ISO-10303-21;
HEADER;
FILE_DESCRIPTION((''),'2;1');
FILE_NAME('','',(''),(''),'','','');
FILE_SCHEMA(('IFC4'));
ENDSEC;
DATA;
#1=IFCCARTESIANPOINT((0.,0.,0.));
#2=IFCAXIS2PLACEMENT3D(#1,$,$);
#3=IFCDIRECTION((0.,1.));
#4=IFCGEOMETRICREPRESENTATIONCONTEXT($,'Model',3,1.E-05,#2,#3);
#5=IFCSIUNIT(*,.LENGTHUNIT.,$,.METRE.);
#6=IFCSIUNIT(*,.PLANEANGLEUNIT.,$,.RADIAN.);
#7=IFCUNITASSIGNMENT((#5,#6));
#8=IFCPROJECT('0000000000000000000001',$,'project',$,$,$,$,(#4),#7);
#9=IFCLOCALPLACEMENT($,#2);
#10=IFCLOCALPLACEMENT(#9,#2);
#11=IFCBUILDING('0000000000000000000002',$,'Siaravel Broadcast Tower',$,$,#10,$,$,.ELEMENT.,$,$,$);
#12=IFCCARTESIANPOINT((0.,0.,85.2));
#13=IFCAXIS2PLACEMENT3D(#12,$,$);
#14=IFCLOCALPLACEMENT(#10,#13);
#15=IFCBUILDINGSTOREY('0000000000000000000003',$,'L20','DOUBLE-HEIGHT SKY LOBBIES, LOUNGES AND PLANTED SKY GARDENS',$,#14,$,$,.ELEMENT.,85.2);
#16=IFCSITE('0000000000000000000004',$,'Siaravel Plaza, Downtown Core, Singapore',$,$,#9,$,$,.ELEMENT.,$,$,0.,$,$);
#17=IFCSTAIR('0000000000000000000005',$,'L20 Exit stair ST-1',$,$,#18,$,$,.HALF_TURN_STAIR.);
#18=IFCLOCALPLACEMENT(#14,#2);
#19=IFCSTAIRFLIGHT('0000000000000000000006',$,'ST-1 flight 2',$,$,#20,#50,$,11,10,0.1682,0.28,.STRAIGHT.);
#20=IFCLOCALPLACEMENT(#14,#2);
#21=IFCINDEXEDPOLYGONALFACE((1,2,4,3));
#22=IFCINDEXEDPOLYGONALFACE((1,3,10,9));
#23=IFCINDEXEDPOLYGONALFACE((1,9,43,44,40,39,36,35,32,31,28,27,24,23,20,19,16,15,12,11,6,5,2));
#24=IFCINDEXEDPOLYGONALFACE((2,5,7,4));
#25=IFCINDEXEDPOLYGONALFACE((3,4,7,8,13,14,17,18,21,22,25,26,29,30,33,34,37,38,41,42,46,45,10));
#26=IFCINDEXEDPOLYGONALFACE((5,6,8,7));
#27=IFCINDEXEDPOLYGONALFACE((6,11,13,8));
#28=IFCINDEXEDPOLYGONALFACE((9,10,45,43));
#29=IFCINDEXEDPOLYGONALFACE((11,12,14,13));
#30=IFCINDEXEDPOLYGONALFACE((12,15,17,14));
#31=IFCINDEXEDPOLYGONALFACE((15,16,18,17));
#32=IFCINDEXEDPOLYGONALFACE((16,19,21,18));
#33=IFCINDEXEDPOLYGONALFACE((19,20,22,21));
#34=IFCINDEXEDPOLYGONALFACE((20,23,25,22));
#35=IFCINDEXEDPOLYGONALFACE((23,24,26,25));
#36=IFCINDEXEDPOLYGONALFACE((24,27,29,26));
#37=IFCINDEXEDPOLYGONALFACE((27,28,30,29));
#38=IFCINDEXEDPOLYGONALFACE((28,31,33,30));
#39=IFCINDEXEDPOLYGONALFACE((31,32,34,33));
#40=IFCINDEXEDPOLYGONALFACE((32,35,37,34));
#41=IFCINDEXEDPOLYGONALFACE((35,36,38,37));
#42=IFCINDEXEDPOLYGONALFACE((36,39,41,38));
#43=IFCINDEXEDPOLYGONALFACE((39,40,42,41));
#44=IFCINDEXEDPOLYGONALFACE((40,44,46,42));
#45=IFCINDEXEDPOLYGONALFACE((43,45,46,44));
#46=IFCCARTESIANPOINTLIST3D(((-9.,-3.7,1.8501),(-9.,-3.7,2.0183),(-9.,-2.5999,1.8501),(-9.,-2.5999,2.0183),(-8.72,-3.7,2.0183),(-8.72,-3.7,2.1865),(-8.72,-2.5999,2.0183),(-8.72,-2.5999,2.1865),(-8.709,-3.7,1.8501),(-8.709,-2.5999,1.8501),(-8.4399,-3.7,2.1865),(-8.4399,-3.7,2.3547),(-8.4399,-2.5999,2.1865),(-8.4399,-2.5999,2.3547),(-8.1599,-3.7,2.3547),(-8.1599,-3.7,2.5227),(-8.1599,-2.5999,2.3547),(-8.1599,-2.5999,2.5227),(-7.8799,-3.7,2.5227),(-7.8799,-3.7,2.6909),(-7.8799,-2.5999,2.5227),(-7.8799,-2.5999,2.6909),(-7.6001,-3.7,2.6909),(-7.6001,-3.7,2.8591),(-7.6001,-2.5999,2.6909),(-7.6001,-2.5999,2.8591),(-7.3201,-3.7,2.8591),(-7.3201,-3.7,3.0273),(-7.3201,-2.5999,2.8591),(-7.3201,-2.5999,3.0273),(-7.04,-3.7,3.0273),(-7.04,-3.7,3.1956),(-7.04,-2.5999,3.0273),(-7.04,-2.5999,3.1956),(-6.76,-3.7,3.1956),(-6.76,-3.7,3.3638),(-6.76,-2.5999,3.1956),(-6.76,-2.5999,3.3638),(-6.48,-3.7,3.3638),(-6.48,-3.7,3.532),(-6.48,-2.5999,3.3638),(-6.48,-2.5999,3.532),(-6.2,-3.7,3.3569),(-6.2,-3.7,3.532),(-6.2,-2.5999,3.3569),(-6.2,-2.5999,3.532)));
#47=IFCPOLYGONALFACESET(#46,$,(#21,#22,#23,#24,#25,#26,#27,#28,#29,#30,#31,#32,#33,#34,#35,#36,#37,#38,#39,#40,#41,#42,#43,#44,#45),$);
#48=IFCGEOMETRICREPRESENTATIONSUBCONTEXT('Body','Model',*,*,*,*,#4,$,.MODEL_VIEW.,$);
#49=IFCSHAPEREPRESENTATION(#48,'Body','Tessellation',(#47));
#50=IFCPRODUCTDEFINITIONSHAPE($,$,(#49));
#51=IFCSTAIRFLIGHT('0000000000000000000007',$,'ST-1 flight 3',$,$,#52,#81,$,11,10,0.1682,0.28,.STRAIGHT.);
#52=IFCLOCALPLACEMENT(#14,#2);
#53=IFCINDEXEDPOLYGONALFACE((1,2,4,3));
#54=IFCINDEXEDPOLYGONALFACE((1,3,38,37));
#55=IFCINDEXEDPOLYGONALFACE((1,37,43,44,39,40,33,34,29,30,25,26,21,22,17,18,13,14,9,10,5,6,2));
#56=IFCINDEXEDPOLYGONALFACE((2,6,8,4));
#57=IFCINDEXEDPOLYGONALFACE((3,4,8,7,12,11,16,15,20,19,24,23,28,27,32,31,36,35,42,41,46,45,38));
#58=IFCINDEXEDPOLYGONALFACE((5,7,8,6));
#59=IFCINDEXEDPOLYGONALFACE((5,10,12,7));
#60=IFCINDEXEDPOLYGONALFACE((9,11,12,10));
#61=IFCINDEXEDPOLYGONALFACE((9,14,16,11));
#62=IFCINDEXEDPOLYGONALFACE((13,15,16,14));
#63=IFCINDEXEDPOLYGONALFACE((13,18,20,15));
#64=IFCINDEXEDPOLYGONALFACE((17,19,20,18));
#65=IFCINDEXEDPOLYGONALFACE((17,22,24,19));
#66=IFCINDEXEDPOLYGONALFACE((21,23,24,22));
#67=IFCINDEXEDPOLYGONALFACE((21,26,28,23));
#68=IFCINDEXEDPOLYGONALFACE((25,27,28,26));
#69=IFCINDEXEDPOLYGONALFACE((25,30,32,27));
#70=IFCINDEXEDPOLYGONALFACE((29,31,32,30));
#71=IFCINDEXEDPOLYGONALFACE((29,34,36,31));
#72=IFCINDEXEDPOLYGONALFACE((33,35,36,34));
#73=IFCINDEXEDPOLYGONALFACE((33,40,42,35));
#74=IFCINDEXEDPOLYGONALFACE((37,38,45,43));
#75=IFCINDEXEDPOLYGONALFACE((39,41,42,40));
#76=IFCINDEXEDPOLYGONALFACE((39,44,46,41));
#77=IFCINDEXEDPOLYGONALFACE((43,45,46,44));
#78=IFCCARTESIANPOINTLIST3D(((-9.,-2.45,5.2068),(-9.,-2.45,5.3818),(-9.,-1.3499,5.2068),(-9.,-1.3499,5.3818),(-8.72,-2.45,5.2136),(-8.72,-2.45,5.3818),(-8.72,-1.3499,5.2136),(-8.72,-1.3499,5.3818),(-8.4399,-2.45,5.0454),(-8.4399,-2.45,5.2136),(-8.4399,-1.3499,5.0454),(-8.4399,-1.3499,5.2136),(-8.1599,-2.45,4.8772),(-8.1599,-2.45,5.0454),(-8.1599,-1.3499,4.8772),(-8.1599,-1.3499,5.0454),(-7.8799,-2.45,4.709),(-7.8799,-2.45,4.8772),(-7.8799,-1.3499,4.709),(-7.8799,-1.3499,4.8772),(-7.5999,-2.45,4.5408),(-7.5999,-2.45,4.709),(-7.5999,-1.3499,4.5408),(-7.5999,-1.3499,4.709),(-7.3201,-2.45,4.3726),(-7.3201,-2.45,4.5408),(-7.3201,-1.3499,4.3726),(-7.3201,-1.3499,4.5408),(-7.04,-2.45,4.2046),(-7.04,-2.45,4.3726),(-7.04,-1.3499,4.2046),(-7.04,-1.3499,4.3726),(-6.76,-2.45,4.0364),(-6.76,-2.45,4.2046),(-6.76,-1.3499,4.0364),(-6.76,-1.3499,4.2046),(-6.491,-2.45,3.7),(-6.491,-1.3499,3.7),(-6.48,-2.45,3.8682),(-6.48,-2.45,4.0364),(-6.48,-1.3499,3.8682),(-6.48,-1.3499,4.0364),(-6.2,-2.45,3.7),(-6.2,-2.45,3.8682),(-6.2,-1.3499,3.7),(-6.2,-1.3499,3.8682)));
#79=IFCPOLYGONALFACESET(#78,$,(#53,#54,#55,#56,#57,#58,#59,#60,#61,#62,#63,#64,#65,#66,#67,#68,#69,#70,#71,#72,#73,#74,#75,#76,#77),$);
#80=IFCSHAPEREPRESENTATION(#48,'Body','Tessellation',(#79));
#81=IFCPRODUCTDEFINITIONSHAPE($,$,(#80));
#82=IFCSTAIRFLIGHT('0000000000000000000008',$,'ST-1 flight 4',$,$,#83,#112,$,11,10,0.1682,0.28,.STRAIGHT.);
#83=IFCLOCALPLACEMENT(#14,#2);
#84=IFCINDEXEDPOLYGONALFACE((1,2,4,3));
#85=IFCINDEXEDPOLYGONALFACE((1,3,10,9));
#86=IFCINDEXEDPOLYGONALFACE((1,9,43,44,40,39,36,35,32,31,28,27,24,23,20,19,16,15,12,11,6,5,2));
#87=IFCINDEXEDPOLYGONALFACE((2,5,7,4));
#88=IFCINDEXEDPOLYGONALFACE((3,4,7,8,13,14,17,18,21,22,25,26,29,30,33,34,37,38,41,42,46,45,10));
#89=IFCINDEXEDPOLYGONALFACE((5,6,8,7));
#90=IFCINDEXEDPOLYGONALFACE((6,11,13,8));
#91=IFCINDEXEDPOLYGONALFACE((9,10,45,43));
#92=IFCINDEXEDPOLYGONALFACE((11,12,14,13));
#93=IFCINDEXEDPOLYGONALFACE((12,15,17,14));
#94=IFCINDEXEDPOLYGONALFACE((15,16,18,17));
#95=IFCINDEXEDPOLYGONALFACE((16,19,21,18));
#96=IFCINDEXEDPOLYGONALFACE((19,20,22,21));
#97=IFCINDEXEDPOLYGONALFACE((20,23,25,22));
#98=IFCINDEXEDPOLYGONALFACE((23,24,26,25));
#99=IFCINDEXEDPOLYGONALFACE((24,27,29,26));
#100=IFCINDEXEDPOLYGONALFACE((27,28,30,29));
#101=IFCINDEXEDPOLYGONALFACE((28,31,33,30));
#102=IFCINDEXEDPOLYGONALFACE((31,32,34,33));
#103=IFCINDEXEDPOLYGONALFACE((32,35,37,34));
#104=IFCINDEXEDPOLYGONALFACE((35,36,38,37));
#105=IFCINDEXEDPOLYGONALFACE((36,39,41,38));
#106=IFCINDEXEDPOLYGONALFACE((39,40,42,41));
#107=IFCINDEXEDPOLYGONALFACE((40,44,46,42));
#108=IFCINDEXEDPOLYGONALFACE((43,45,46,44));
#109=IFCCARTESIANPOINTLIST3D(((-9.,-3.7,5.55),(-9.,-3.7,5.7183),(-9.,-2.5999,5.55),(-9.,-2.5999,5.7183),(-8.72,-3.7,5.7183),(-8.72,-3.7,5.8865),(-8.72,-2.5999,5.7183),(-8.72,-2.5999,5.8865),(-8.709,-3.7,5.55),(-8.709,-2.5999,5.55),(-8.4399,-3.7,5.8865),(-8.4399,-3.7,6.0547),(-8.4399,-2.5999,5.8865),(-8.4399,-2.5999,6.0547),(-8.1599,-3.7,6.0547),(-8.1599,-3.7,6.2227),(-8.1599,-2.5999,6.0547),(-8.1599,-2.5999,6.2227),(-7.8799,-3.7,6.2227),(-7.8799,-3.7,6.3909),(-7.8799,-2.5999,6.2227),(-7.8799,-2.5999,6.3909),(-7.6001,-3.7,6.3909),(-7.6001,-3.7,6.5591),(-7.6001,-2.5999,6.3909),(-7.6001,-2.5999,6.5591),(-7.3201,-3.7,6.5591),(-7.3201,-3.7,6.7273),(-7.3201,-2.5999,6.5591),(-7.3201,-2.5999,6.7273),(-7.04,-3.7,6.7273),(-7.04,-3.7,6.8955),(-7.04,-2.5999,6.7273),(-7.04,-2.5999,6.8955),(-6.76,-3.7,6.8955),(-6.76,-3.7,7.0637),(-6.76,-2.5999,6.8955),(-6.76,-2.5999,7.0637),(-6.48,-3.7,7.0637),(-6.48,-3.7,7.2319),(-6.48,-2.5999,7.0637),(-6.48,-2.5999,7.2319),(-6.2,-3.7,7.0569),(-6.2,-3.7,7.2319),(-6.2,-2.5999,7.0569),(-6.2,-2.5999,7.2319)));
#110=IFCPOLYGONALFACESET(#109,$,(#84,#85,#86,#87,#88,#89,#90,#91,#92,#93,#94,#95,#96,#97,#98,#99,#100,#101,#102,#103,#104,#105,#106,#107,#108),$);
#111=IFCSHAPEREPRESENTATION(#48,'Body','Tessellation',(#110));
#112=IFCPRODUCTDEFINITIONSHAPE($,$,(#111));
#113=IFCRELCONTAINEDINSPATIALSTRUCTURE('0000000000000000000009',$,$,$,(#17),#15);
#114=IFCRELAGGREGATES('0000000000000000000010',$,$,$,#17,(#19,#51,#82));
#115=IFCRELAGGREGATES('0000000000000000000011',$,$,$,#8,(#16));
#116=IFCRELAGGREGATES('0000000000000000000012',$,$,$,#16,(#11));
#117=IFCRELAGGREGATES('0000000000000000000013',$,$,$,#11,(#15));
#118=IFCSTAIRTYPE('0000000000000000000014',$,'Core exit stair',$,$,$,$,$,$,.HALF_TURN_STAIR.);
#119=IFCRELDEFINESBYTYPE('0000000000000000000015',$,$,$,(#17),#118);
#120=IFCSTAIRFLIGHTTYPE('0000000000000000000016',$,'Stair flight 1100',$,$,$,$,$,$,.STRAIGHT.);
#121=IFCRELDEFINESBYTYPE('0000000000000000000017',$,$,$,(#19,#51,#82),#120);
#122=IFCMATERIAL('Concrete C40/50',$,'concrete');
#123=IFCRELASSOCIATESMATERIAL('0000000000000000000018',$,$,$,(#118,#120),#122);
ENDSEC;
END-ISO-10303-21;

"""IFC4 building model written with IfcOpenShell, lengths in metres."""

from ifc_helpers import new_model, si_unit, direction, frame, origin, place, context, subcontext, project, spatial, polyline, outline, extrude, material, type_object, element, aggregate, save


model = new_model("IFC4")

# Units and contexts
model_context = context("Model", 3, precision=1e-05, world=origin(), true_north=direction((0.0, 1.0)))
body_context = subcontext(model_context, "Body", "Model", "MODEL_VIEW")
ifc_project = project(units=[si_unit("LENGTHUNIT", "METRE"), si_unit("PLANEANGLEUNIT", "RADIAN")], contexts=[model_context])

# Site, building, storey
site_placement = place(None, origin())
site = spatial("IfcSite", under=ifc_project, at=site_placement, Name="Siaravel Plaza, Downtown Core, Singapore", CompositionType="ELEMENT", RefElevation=0.0)
building_placement = place(site_placement, origin())
building = spatial("IfcBuilding", under=site, at=building_placement, Name="Siaravel Broadcast Tower", CompositionType="ELEMENT")
storey_placement = place(building_placement, frame((0.0, 0.0, 85.2)))
storey = spatial("IfcBuildingStorey", under=building, at=storey_placement, Name="L20", Description="DOUBLE-HEIGHT SKY LOBBIES, LOUNGES AND PLANTED SKY GARDENS", CompositionType="ELEMENT", Elevation=85.2)

# Stair, stair flights
ifc_material_1 = material(Name="Concrete C40/50", Category="concrete")
stair_type = type_object("IfcStairType", Name="Core exit stair", PredefinedType="HALF_TURN_STAIR", material=ifc_material_1)
stair_placement = place(storey_placement, origin())
stair = element("IfcStair", 1, at=stair_placement, inside=storey, type_object=stair_type, Name="L20 Exit stair ST-1", PredefinedType="HALF_TURN_STAIR")
stair_flight_type = type_object("IfcStairFlightType", Name="Stair flight 1100", PredefinedType="STRAIGHT", material=ifc_material_1)
stair_flight_1_placement = place(storey_placement, frame((-9.0, -3.1499, 1.8501), z_axis=(0.0, 0.0, 1.0), x_axis=(1.0, 0.0, 0.0)))
stair_flight_1 = element("IfcStairFlight", 2, at=stair_flight_1_placement, type_object=stair_flight_type, Name="ST-1 flight 2", NumberOfRisers=11, NumberOfTreads=10, PredefinedType="STRAIGHT", RiserHeight=0.1682, TreadLength=0.28, context=body_context, shape_type="SweptSolid", body=[
    extrude(outline(polyline([(0.0, 0.0), (0.0, 0.1682), (0.28, 0.1682), (0.28, 0.3364), (0.5601, 0.3364), (0.5601, 0.5046), (0.8401, 0.5046), (0.8401, 0.6726), (1.1201, 0.6726), (1.1201, 0.8408), (1.3999, 0.8408), (1.3999, 1.009), (1.6799, 1.009), (1.6799, 1.1772), (1.96, 1.1772), (1.96, 1.3455), (2.24, 1.3455), (2.24, 1.5137), (2.52, 1.5137), (2.52, 1.6819), (2.8, 1.6819), (2.8, 1.8501), (2.8, 1.5068), (0.291, 0.0), (0.0, 0.0)])), frame((0.0, 0.55, 0.0), z_axis=(0.0, -1.0, 0.0), x_axis=(1.0, 0.0, 0.0)), (0.0, 0.0, 1.0), 1.1001),
])
stair_flight_2_placement = place(storey_placement, frame((-6.2, -1.8999, 3.7), z_axis=(0.0, 0.0, 1.0), x_axis=(-1.0, 0.0, 0.0)))
stair_flight_2 = element("IfcStairFlight", 3, at=stair_flight_2_placement, type_object=stair_flight_type, Name="ST-1 flight 3", NumberOfRisers=11, NumberOfTreads=10, PredefinedType="STRAIGHT", RiserHeight=0.1682, TreadLength=0.28, context=body_context, shape_type="SweptSolid", body=[
    extrude(outline(polyline([(0.0, 0.0), (0.0, 0.1682), (0.28, 0.1682), (0.28, 0.3364), (0.5601, 0.3364), (0.5601, 0.5046), (0.8401, 0.5046), (0.8401, 0.6726), (1.1201, 0.6726), (1.1201, 0.8408), (1.3999, 0.8408), (1.3999, 1.009), (1.6799, 1.009), (1.6799, 1.1772), (1.96, 1.1772), (1.96, 1.3455), (2.24, 1.3455), (2.24, 1.5137), (2.52, 1.5137), (2.52, 1.6819), (2.8, 1.6819), (2.8, 1.8501), (2.8, 1.5068), (0.291, 0.0), (0.0, 0.0)])), frame((0.0, 0.55, 0.0), z_axis=(0.0, -1.0, 0.0), x_axis=(1.0, 0.0, 0.0)), (0.0, 0.0, 1.0), 1.1001),
])
stair_flight_3_placement = place(storey_placement, frame((-9.0, -3.1499, 5.55), z_axis=(0.0, 0.0, 1.0), x_axis=(1.0, 0.0, 0.0)))
stair_flight_3 = element("IfcStairFlight", 4, at=stair_flight_3_placement, type_object=stair_flight_type, Name="ST-1 flight 4", NumberOfRisers=11, NumberOfTreads=10, PredefinedType="STRAIGHT", RiserHeight=0.1682, TreadLength=0.28, context=body_context, shape_type="SweptSolid", body=[
    extrude(outline(polyline([(0.0, 0.0), (0.0, 0.1682), (0.28, 0.1682), (0.28, 0.3364), (0.5601, 0.3364), (0.5601, 0.5046), (0.8401, 0.5046), (0.8401, 0.6726), (1.1201, 0.6726), (1.1201, 0.8408), (1.3999, 0.8408), (1.3999, 1.009), (1.6799, 1.009), (1.6799, 1.1772), (1.96, 1.1772), (1.96, 1.3455), (2.24, 1.3455), (2.24, 1.5137), (2.52, 1.5137), (2.52, 1.6819), (2.8, 1.6819), (2.8, 1.8501), (2.8, 1.5068), (0.291, 0.0), (0.0, 0.0)])), frame((0.0, 0.55, 0.0), z_axis=(0.0, -1.0, 0.0), x_axis=(1.0, 0.0, 0.0)), (0.0, 0.0, 1.0), 1.1001),
])
aggregate(stair, [stair_flight_1, stair_flight_2, stair_flight_3])

save(model, "model.ifc")
